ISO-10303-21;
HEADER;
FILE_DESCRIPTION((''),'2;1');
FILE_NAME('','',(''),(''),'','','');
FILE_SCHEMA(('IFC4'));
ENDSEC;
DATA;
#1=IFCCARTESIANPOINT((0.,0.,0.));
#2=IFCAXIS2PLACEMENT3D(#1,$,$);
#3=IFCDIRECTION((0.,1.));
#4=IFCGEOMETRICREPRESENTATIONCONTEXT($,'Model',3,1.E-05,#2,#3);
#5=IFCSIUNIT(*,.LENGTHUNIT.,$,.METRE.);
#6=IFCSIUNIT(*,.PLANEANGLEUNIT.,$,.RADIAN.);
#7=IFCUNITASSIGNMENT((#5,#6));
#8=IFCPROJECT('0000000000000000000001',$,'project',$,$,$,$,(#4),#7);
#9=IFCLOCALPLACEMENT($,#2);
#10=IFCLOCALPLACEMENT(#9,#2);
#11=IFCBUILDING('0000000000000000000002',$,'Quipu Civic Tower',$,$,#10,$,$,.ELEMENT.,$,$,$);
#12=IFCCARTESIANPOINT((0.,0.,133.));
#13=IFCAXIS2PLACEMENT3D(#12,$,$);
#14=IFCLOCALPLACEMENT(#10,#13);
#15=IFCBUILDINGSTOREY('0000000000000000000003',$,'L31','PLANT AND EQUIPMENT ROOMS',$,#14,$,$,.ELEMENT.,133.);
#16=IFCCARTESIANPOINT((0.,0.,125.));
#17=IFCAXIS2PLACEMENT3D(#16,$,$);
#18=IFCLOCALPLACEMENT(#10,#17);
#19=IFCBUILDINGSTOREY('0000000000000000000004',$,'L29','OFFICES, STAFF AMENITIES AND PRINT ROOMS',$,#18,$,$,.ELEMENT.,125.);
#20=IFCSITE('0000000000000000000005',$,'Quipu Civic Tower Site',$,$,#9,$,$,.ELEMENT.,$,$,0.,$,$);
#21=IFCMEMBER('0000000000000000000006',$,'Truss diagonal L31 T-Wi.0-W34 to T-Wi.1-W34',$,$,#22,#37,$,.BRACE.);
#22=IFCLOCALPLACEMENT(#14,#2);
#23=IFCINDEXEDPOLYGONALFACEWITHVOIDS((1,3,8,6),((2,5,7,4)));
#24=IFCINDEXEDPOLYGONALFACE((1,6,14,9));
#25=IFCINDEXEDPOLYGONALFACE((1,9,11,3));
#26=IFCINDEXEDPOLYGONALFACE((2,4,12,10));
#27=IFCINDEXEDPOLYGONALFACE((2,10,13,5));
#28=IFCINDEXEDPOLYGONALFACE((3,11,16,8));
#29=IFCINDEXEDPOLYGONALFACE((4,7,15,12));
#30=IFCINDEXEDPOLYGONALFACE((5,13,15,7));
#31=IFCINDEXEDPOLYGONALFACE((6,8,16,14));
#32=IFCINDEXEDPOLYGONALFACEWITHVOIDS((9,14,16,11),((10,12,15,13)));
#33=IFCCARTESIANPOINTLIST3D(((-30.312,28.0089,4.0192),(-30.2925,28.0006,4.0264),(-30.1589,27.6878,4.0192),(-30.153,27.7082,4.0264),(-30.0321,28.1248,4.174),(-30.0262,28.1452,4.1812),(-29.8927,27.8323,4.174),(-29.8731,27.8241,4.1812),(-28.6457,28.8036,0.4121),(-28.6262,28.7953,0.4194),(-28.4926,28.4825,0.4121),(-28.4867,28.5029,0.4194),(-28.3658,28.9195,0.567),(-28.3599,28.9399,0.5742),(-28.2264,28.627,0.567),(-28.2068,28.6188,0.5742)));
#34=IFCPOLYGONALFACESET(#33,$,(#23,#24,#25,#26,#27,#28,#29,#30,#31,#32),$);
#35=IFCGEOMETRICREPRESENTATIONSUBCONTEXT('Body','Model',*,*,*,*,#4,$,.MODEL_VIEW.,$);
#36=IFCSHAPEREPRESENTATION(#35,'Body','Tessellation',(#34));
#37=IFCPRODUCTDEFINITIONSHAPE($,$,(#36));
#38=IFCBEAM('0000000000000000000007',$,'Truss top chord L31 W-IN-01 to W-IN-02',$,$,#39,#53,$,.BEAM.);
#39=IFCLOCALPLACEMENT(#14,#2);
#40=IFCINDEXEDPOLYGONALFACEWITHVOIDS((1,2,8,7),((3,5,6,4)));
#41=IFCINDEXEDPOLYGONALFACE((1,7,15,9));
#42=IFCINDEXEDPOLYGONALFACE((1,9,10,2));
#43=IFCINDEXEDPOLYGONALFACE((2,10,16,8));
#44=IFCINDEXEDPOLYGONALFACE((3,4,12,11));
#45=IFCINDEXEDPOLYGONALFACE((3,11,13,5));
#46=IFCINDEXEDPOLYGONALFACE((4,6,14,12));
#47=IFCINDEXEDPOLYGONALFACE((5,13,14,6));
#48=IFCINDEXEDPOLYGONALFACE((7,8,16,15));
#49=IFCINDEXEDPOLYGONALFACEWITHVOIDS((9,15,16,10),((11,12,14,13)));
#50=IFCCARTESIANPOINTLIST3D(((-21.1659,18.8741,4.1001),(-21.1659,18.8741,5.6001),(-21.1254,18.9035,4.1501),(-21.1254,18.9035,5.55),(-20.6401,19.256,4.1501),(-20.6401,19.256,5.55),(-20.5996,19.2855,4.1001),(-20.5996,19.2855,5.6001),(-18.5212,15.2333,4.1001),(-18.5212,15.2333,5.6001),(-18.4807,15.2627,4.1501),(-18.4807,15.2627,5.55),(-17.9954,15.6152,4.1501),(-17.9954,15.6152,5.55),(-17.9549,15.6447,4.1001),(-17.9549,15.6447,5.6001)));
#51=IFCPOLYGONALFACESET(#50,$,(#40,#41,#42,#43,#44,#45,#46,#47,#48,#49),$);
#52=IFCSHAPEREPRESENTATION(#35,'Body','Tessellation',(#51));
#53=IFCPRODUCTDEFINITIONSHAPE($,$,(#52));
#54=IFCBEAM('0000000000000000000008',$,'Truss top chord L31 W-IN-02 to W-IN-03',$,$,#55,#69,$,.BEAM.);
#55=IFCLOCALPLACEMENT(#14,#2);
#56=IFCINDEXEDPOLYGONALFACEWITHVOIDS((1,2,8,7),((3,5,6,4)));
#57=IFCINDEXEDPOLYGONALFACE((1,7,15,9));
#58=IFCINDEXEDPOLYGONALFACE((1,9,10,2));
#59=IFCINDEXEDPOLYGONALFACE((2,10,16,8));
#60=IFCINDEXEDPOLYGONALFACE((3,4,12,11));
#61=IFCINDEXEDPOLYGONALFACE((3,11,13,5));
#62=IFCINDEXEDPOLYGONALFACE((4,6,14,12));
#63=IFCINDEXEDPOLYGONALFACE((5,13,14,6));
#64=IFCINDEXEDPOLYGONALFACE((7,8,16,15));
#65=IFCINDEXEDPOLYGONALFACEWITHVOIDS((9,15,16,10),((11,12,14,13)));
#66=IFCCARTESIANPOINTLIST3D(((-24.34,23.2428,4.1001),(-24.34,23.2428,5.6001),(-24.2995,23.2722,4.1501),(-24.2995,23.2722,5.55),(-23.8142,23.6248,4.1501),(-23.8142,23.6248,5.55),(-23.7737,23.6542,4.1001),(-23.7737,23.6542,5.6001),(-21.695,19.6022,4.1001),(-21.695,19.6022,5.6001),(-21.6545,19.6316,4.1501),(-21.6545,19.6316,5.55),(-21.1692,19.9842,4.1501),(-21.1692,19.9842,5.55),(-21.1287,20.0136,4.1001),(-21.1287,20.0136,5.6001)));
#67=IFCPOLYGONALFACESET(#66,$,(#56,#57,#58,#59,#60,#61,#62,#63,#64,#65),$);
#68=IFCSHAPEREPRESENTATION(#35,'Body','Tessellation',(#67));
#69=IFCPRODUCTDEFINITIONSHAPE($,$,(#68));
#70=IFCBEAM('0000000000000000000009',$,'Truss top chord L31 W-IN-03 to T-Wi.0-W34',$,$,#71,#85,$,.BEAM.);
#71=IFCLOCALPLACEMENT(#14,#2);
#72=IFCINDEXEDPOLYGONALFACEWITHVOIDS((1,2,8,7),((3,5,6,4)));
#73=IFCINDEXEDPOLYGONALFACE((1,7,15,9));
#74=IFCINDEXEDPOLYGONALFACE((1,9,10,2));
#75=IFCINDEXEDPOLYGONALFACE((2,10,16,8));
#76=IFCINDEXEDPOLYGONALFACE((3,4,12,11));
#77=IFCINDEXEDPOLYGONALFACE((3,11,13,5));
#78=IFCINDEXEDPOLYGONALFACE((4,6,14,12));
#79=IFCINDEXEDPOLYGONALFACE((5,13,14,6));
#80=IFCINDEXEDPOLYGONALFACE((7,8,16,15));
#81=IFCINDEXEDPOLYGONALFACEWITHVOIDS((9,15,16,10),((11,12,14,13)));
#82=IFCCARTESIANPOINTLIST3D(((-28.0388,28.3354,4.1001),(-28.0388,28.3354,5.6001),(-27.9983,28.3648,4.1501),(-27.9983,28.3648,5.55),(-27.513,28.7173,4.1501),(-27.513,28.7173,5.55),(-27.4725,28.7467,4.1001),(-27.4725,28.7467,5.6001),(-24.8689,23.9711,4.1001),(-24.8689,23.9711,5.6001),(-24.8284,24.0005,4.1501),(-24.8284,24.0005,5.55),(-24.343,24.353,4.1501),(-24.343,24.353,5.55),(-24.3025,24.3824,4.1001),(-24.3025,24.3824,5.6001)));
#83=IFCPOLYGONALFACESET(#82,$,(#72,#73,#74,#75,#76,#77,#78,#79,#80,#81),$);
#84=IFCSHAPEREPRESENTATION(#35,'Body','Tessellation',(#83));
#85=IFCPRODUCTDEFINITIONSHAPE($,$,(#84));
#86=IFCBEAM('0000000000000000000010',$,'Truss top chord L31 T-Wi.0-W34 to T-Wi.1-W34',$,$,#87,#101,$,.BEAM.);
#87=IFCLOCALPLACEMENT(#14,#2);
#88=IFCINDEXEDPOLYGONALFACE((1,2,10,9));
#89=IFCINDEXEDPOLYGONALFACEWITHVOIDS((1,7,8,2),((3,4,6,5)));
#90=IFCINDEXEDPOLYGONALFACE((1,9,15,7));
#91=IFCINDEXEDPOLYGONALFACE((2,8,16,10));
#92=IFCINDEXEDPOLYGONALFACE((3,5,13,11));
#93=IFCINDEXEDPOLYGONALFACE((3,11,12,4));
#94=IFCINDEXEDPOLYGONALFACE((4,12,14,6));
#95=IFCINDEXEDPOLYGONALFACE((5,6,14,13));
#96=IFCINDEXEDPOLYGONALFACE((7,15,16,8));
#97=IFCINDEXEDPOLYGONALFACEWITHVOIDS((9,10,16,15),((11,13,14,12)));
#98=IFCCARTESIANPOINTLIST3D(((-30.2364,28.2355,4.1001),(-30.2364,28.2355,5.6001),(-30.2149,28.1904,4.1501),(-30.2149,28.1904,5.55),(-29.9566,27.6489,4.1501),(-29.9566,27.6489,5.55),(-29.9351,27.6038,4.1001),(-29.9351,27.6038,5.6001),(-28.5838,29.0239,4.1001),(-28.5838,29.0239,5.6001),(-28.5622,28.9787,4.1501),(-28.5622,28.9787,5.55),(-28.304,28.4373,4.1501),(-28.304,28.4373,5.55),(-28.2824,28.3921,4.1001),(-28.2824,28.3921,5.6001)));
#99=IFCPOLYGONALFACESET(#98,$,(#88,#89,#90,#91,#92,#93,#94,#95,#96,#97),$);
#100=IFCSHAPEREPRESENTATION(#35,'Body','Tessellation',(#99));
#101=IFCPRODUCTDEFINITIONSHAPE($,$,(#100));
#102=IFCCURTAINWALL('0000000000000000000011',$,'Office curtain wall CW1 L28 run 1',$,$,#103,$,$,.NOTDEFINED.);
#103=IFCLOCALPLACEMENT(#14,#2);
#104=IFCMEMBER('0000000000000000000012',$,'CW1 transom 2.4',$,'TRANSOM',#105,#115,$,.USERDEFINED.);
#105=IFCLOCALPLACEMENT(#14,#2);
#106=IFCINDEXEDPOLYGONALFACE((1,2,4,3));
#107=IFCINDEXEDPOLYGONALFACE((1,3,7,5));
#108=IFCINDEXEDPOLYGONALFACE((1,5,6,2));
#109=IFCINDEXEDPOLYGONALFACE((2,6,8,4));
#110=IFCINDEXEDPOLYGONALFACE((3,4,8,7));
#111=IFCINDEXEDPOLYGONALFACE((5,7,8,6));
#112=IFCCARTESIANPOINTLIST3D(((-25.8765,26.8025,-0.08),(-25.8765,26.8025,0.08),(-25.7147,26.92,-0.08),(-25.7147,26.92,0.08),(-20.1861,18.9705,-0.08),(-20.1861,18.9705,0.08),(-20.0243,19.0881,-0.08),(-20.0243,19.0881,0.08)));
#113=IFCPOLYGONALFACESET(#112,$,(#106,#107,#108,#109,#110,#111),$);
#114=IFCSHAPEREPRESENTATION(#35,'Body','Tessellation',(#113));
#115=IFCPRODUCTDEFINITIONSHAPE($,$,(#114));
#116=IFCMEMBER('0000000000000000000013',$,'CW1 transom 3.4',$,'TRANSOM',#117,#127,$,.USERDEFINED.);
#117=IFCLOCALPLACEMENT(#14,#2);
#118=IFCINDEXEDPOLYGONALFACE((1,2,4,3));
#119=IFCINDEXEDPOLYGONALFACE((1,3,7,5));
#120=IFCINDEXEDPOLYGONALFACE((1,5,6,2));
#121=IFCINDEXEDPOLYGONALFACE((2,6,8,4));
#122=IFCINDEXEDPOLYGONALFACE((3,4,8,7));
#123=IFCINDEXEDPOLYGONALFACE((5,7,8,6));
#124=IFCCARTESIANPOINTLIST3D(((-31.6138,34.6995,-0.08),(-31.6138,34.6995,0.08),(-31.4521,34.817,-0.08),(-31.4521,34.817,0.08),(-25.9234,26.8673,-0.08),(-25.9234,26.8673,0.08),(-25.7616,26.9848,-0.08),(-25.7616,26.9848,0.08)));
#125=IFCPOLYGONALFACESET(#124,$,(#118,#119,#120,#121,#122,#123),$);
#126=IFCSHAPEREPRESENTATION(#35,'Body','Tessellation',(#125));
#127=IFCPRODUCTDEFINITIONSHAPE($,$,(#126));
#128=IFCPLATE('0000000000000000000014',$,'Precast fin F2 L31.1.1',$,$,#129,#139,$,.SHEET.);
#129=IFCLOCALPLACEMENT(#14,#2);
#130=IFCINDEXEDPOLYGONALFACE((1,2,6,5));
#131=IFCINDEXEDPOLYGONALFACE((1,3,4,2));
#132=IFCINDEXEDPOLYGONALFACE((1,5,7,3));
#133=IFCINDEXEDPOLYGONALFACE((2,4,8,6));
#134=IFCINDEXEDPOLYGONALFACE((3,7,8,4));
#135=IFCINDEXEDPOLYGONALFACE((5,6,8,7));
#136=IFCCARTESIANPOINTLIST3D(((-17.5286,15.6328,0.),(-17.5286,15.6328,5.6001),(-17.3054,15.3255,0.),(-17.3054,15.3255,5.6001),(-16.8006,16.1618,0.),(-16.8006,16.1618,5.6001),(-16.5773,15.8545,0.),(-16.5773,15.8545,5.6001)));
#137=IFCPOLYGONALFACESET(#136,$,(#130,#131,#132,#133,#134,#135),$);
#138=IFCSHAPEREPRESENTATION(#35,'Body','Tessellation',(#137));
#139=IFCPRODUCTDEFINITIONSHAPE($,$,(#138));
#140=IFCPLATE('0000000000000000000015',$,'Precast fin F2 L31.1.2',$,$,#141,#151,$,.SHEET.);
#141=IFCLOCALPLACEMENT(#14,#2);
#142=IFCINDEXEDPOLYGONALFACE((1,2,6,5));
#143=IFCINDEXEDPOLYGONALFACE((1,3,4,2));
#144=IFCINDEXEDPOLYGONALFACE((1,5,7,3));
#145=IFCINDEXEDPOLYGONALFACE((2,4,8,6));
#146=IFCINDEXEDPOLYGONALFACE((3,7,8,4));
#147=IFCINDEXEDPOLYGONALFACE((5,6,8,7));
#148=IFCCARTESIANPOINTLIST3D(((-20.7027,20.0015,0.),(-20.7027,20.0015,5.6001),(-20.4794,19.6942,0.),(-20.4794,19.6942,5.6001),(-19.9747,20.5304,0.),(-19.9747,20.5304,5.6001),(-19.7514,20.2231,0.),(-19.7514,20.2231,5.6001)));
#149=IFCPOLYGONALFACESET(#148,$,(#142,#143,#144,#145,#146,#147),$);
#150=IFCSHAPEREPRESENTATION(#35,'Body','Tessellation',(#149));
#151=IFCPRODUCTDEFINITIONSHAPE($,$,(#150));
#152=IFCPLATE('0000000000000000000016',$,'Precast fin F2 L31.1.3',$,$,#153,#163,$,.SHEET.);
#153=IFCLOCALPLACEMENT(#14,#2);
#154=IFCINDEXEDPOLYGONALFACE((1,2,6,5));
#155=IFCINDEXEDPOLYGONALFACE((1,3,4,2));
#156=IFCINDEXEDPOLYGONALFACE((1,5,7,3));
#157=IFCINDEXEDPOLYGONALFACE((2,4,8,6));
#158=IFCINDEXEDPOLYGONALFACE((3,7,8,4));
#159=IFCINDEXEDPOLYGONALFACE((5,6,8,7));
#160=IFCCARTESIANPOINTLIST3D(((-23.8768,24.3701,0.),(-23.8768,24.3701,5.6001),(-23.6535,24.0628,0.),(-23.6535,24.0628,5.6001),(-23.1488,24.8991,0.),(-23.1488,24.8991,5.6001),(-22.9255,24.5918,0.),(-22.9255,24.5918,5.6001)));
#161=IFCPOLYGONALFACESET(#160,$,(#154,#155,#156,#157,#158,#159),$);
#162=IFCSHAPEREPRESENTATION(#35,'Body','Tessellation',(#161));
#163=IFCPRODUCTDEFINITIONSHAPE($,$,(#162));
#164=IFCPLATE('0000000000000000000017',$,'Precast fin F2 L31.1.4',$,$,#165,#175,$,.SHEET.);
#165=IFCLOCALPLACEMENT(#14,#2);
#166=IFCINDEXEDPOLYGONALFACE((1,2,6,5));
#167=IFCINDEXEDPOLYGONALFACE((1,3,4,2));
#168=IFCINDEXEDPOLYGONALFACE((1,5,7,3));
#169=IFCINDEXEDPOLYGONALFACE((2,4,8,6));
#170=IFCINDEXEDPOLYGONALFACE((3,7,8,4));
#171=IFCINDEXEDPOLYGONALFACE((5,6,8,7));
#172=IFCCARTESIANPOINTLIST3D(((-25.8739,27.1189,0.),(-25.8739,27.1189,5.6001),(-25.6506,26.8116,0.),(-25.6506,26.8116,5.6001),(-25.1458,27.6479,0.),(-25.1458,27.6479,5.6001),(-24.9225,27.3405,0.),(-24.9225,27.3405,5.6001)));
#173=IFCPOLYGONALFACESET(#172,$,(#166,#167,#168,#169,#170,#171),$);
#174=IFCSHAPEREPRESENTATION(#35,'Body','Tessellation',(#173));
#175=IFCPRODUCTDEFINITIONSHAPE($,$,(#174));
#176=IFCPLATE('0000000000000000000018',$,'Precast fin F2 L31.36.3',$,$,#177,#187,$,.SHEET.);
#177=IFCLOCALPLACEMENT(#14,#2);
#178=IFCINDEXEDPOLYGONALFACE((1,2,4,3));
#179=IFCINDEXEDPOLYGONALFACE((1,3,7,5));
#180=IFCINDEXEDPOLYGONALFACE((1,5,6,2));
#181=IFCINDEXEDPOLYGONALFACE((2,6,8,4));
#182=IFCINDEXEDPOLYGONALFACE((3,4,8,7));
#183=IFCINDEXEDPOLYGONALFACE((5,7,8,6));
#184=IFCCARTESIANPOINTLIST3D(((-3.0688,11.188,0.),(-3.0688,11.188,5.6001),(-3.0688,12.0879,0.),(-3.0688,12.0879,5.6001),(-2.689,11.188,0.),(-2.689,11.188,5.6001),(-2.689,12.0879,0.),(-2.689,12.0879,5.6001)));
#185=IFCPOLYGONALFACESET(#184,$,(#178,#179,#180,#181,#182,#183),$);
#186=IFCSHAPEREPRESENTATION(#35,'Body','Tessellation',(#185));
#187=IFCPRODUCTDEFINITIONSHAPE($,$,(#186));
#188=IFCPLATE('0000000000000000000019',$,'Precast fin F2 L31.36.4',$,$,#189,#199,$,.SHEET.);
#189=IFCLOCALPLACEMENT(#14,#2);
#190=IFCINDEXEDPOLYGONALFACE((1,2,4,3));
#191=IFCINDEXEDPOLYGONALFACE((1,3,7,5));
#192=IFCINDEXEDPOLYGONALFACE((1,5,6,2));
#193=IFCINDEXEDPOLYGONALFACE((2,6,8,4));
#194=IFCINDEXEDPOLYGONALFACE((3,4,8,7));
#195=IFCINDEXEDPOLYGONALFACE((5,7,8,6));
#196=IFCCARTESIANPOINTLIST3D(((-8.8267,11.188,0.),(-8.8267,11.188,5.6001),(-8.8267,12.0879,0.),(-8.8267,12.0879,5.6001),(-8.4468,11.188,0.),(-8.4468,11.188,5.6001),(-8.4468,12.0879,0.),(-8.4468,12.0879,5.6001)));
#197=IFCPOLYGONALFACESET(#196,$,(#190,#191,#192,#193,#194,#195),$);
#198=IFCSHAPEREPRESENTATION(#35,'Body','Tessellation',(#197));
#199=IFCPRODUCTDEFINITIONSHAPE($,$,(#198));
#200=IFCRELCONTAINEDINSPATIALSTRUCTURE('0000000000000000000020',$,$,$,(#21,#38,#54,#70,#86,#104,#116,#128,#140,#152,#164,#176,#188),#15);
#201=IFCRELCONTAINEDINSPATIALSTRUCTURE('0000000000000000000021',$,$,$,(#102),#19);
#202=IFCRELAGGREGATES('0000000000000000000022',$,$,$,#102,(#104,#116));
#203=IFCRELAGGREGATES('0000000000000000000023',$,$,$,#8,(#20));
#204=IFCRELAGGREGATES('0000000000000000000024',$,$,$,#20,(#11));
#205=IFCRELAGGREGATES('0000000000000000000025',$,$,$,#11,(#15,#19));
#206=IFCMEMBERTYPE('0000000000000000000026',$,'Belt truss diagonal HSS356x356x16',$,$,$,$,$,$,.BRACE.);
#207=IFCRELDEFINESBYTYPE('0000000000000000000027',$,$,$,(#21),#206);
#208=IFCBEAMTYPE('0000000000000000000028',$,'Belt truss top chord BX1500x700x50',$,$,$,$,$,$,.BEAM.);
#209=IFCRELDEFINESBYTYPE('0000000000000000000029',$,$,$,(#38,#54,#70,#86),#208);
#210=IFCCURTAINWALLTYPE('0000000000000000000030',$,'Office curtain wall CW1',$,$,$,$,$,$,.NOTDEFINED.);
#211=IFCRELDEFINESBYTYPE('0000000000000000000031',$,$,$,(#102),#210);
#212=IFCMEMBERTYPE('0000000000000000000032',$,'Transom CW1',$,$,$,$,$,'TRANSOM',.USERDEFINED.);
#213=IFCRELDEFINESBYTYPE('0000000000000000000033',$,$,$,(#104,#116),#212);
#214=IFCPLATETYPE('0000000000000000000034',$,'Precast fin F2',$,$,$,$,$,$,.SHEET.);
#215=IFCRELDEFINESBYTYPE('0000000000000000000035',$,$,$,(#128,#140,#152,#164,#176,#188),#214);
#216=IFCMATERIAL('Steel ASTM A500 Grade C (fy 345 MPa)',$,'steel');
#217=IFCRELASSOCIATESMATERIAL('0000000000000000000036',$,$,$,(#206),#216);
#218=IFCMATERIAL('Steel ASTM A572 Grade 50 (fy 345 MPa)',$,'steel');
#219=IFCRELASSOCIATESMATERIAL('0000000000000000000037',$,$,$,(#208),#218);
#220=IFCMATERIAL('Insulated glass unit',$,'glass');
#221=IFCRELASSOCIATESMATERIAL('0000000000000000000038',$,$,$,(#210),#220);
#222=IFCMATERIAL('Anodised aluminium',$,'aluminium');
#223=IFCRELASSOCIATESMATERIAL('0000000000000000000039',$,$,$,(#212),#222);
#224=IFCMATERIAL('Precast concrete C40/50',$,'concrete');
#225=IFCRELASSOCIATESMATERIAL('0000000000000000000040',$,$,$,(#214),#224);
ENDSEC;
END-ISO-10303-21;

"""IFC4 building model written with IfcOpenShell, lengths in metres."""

from ifc_helpers import new_model, si_unit, direction, frame, origin, origin_2d, place, context, subcontext, project, spatial, rectangle, hollow_rectangle, extrude, material, material_profile, profile_set, type_object, element, aggregate, save


model = new_model("IFC4")

# Units and contexts
model_context = context("Model", 3, precision=1e-05, world=origin(), true_north=direction((0.0, 1.0)))
body_context = subcontext(model_context, "Body", "Model", "MODEL_VIEW")
ifc_project = project(units=[si_unit("LENGTHUNIT", "METRE"), si_unit("PLANEANGLEUNIT", "RADIAN")], contexts=[model_context])

# Site, building, storey
site_placement = place(None, origin())
site = spatial("IfcSite", under=ifc_project, at=site_placement, Name="Quipu Civic Tower Site", CompositionType="ELEMENT", RefElevation=0.0)
building_placement = place(site_placement, origin())
building = spatial("IfcBuilding", under=site, at=building_placement, Name="Quipu Civic Tower", CompositionType="ELEMENT")
storey_1_placement = place(building_placement, frame((0.0, 0.0, 133.0)))
storey_1 = spatial("IfcBuildingStorey", under=building, at=storey_1_placement, Name="L31", Description="PLANT AND EQUIPMENT ROOMS", CompositionType="ELEMENT", Elevation=133.0)

# Member
ifc_material_1 = material(Name="Steel ASTM A500 Grade C (fy 345 MPa)", Category="steel")
ifc_material_profile_1 = material_profile(ifc_material_1, hollow_rectangle(XDim=0.3557, YDim=0.3557, WallThickness=0.0159, at=origin_2d()), Name="HSS356x356x16")
ifc_profile_set_1 = profile_set([ifc_material_profile_1], Name="Steel ASTM A500 Grade C (fy 345 MPa)")
member_type_1 = type_object("IfcMemberType", Name="Belt truss diagonal HSS356x356x16", PredefinedType="BRACE", material=ifc_profile_set_1)
member_1_placement = place(storey_1_placement, frame((-28.4263, 28.7112, 0.4932), z_axis=(-0.411229, -0.196125, 0.890183), x_axis=(0.430473, -0.902604, 0.0)))
element("IfcMember", 1, at=member_1_placement, inside=storey_1, type_object=member_type_1, Name="Truss diagonal L31 T-Wi.0-W34 to T-Wi.1-W34", PredefinedType="BRACE", context=body_context, shape_type="SweptSolid", body=[
    extrude(hollow_rectangle(XDim=0.3557, YDim=0.3557, WallThickness=0.0159, at=origin_2d()), origin(), (0.0, 0.0, 1.0), 4.052),
])

# Beams
ifc_material_2 = material(Name="Steel ASTM A572 Grade 50 (fy 345 MPa)", Category="steel")
ifc_material_profile_2 = material_profile(ifc_material_2, hollow_rectangle(XDim=0.7, YDim=1.5, WallThickness=0.05, at=origin_2d()), Name="BX1500x700x50")
ifc_profile_set_2 = profile_set([ifc_material_profile_2], Name="Steel ASTM A572 Grade 50 (fy 345 MPa)")
beam_type_1 = type_object("IfcBeamType", Name="Belt truss top chord BX1500x700x50", PredefinedType="BEAM", material=ifc_profile_set_2)
for number, where, z_axis, x_axis, name in (
    (2, (-18.238, 15.439, 4.8501), (-0.587717, 0.809067, 0.0), (-0.809067, -0.587717, 0.0), "Truss top chord L31 W-IN-01 to W-IN-02"),
    (3, (-21.4119, 19.8079, 4.8501), (-0.587778, 0.809022, 0.0), (-0.809022, -0.587778, 0.0), "Truss top chord L31 W-IN-02 to W-IN-03"),
):
    element("IfcBeam", number, at=place(storey_1_placement, frame(where, z_axis=z_axis, x_axis=x_axis)), inside=storey_1, type_object=beam_type_1, Name=name, PredefinedType="BEAM", context=body_context, shape_type="SweptSolid", body=[
        extrude(hollow_rectangle(XDim=0.7, YDim=1.5, WallThickness=0.05, at=origin_2d()), origin(), (0.0, 0.0, 1.0), 4.5),
    ])
beam_1_placement = place(storey_1_placement, frame((-24.5857, 24.1768, 4.8501), z_axis=(-0.587676, 0.809096, 0.0), x_axis=(-0.809096, -0.587676, 0.0)))
element("IfcBeam", 4, at=beam_1_placement, inside=storey_1, type_object=beam_type_1, Name="Truss top chord L31 W-IN-03 to T-Wi.0-W34", PredefinedType="BEAM", context=body_context, shape_type="SweptSolid", body=[
    extrude(hollow_rectangle(XDim=0.7, YDim=1.5, WallThickness=0.05, at=origin_2d()), origin(), (0.0, 0.0, 1.0), 5.394),
])
beam_2_placement = place(storey_1_placement, frame((-28.4331, 28.708, 4.8501), z_axis=(-0.902567, -0.430549, 0.0), x_axis=(0.430549, -0.902567, 0.0)))
element("IfcBeam", 5, at=beam_2_placement, inside=storey_1, type_object=beam_type_1, Name="Truss top chord L31 T-Wi.0-W34 to T-Wi.1-W34", PredefinedType="BEAM", context=body_context, shape_type="SweptSolid", body=[
    extrude(hollow_rectangle(XDim=0.7, YDim=1.5, WallThickness=0.05, at=origin_2d()), origin(), (0.0, 0.0, 1.0), 1.8311),
])

# Shared definitions
storey_2_placement = place(building_placement, frame((0.0, 0.0, 125.0)))
storey_2 = spatial("IfcBuildingStorey", under=building, at=storey_2_placement, Name="L29", Description="OFFICES, STAFF AMENITIES AND PRINT ROOMS", CompositionType="ELEMENT", Elevation=125.0)

# Curtain wall, members
ifc_material_3 = material(Name="Insulated glass unit", Category="glass")
curtain_wall_type = type_object("IfcCurtainWallType", Name="Office curtain wall CW1", PredefinedType="NOTDEFINED", material=ifc_material_3)
curtain_wall_placement = place(storey_2_placement, origin())
curtain_wall = element("IfcCurtainWall", 6, at=curtain_wall_placement, inside=storey_2, type_object=curtain_wall_type, Name="Office curtain wall CW1 L28 run 1", PredefinedType="NOTDEFINED")
ifc_material_4 = material(Name="Anodised aluminium", Category="aluminium")
ifc_material_profile_3 = material_profile(ifc_material_4, rectangle(XDim=0.2, YDim=0.1599, at=origin_2d()), Name="RECT 200x160")
ifc_profile_set_3 = profile_set([ifc_material_profile_3], Name="Anodised aluminium")
member_type_2 = type_object("IfcMemberType", Name="Transom CW1", ElementType="TRANSOM", PredefinedType="USERDEFINED", material=ifc_profile_set_3)
member_2_placement = place(storey_1_placement, frame((-20.1052, 19.0293, 0.0), z_axis=(-0.587794, 0.809011, 0.0), x_axis=(-0.809011, -0.587794, 0.0)))
member_2 = element("IfcMember", 7, at=member_2_placement, inside=storey_1, type_object=member_type_2, Name="CW1 transom 2.4", ObjectType="TRANSOM", PredefinedType="USERDEFINED", context=body_context, shape_type="SweptSolid", body=[
    extrude(rectangle(XDim=0.2, YDim=0.1599, at=origin_2d()), origin(), (0.0, 0.0, 1.0), 9.6809),
])
member_3_placement = place(storey_1_placement, frame((-25.8425, 26.926, 0.0), z_axis=(-0.587782, 0.80902, 0.0), x_axis=(-0.80902, -0.587782, 0.0)))
member_3 = element("IfcMember", 8, at=member_3_placement, inside=storey_1, type_object=member_type_2, Name="CW1 transom 3.4", ObjectType="TRANSOM", PredefinedType="USERDEFINED", context=body_context, shape_type="SweptSolid", body=[
    extrude(rectangle(XDim=0.2, YDim=0.1599, at=origin_2d()), origin(), (0.0, 0.0, 1.0), 9.6812),
])
aggregate(curtain_wall, [member_2, member_3])

# Plates
ifc_material_5 = material(Name="Precast concrete C40/50", Category="concrete")
plate_type = type_object("IfcPlateType", Name="Precast fin F2", PredefinedType="SHEET", material=ifc_material_5)
for number, where, z_axis, x_axis, name in (
    (9, (-17.053, 15.7437, 0.0), (0.0, 0.0, 1.0), (-0.587787, 0.809016, 0.0), "Precast fin F2 L31.1.1"),
    (10, (-20.2271, 20.1123, 0.0), (0.0, 0.0, 1.0), (-0.587787, 0.809016, 0.0), "Precast fin F2 L31.1.2"),
    (11, (-23.4011, 24.481, 0.0), (0.0, 0.0, 1.0), (-0.587787, 0.809016, 0.0), "Precast fin F2 L31.1.3"),
    (12, (-25.3982, 27.2297, 0.0), (0.0, 0.0, 1.0), (-0.587787, 0.809016, 0.0), "Precast fin F2 L31.1.4"),
    (13, (-2.8789, 11.6379, 0.0), (0.0, 0.0, 1.0), (-1.0, 0.0, 0.0), "Precast fin F2 L31.36.3"),
    (14, (-8.6367, 11.6379, 0.0), (0.0, 0.0, 1.0), (-1.0, 0.0, 0.0), "Precast fin F2 L31.36.4"),
):
    element("IfcPlate", number, at=place(storey_1_placement, frame(where, z_axis=z_axis, x_axis=x_axis)), inside=storey_1, type_object=plate_type, Name=name, PredefinedType="SHEET", context=body_context, shape_type="SweptSolid", body=[
        extrude(rectangle(XDim=0.3799, YDim=0.8999, at=origin_2d()), origin(), (0.0, 0.0, 1.0), 5.6001),
    ])

save(model, "model.ifc")
